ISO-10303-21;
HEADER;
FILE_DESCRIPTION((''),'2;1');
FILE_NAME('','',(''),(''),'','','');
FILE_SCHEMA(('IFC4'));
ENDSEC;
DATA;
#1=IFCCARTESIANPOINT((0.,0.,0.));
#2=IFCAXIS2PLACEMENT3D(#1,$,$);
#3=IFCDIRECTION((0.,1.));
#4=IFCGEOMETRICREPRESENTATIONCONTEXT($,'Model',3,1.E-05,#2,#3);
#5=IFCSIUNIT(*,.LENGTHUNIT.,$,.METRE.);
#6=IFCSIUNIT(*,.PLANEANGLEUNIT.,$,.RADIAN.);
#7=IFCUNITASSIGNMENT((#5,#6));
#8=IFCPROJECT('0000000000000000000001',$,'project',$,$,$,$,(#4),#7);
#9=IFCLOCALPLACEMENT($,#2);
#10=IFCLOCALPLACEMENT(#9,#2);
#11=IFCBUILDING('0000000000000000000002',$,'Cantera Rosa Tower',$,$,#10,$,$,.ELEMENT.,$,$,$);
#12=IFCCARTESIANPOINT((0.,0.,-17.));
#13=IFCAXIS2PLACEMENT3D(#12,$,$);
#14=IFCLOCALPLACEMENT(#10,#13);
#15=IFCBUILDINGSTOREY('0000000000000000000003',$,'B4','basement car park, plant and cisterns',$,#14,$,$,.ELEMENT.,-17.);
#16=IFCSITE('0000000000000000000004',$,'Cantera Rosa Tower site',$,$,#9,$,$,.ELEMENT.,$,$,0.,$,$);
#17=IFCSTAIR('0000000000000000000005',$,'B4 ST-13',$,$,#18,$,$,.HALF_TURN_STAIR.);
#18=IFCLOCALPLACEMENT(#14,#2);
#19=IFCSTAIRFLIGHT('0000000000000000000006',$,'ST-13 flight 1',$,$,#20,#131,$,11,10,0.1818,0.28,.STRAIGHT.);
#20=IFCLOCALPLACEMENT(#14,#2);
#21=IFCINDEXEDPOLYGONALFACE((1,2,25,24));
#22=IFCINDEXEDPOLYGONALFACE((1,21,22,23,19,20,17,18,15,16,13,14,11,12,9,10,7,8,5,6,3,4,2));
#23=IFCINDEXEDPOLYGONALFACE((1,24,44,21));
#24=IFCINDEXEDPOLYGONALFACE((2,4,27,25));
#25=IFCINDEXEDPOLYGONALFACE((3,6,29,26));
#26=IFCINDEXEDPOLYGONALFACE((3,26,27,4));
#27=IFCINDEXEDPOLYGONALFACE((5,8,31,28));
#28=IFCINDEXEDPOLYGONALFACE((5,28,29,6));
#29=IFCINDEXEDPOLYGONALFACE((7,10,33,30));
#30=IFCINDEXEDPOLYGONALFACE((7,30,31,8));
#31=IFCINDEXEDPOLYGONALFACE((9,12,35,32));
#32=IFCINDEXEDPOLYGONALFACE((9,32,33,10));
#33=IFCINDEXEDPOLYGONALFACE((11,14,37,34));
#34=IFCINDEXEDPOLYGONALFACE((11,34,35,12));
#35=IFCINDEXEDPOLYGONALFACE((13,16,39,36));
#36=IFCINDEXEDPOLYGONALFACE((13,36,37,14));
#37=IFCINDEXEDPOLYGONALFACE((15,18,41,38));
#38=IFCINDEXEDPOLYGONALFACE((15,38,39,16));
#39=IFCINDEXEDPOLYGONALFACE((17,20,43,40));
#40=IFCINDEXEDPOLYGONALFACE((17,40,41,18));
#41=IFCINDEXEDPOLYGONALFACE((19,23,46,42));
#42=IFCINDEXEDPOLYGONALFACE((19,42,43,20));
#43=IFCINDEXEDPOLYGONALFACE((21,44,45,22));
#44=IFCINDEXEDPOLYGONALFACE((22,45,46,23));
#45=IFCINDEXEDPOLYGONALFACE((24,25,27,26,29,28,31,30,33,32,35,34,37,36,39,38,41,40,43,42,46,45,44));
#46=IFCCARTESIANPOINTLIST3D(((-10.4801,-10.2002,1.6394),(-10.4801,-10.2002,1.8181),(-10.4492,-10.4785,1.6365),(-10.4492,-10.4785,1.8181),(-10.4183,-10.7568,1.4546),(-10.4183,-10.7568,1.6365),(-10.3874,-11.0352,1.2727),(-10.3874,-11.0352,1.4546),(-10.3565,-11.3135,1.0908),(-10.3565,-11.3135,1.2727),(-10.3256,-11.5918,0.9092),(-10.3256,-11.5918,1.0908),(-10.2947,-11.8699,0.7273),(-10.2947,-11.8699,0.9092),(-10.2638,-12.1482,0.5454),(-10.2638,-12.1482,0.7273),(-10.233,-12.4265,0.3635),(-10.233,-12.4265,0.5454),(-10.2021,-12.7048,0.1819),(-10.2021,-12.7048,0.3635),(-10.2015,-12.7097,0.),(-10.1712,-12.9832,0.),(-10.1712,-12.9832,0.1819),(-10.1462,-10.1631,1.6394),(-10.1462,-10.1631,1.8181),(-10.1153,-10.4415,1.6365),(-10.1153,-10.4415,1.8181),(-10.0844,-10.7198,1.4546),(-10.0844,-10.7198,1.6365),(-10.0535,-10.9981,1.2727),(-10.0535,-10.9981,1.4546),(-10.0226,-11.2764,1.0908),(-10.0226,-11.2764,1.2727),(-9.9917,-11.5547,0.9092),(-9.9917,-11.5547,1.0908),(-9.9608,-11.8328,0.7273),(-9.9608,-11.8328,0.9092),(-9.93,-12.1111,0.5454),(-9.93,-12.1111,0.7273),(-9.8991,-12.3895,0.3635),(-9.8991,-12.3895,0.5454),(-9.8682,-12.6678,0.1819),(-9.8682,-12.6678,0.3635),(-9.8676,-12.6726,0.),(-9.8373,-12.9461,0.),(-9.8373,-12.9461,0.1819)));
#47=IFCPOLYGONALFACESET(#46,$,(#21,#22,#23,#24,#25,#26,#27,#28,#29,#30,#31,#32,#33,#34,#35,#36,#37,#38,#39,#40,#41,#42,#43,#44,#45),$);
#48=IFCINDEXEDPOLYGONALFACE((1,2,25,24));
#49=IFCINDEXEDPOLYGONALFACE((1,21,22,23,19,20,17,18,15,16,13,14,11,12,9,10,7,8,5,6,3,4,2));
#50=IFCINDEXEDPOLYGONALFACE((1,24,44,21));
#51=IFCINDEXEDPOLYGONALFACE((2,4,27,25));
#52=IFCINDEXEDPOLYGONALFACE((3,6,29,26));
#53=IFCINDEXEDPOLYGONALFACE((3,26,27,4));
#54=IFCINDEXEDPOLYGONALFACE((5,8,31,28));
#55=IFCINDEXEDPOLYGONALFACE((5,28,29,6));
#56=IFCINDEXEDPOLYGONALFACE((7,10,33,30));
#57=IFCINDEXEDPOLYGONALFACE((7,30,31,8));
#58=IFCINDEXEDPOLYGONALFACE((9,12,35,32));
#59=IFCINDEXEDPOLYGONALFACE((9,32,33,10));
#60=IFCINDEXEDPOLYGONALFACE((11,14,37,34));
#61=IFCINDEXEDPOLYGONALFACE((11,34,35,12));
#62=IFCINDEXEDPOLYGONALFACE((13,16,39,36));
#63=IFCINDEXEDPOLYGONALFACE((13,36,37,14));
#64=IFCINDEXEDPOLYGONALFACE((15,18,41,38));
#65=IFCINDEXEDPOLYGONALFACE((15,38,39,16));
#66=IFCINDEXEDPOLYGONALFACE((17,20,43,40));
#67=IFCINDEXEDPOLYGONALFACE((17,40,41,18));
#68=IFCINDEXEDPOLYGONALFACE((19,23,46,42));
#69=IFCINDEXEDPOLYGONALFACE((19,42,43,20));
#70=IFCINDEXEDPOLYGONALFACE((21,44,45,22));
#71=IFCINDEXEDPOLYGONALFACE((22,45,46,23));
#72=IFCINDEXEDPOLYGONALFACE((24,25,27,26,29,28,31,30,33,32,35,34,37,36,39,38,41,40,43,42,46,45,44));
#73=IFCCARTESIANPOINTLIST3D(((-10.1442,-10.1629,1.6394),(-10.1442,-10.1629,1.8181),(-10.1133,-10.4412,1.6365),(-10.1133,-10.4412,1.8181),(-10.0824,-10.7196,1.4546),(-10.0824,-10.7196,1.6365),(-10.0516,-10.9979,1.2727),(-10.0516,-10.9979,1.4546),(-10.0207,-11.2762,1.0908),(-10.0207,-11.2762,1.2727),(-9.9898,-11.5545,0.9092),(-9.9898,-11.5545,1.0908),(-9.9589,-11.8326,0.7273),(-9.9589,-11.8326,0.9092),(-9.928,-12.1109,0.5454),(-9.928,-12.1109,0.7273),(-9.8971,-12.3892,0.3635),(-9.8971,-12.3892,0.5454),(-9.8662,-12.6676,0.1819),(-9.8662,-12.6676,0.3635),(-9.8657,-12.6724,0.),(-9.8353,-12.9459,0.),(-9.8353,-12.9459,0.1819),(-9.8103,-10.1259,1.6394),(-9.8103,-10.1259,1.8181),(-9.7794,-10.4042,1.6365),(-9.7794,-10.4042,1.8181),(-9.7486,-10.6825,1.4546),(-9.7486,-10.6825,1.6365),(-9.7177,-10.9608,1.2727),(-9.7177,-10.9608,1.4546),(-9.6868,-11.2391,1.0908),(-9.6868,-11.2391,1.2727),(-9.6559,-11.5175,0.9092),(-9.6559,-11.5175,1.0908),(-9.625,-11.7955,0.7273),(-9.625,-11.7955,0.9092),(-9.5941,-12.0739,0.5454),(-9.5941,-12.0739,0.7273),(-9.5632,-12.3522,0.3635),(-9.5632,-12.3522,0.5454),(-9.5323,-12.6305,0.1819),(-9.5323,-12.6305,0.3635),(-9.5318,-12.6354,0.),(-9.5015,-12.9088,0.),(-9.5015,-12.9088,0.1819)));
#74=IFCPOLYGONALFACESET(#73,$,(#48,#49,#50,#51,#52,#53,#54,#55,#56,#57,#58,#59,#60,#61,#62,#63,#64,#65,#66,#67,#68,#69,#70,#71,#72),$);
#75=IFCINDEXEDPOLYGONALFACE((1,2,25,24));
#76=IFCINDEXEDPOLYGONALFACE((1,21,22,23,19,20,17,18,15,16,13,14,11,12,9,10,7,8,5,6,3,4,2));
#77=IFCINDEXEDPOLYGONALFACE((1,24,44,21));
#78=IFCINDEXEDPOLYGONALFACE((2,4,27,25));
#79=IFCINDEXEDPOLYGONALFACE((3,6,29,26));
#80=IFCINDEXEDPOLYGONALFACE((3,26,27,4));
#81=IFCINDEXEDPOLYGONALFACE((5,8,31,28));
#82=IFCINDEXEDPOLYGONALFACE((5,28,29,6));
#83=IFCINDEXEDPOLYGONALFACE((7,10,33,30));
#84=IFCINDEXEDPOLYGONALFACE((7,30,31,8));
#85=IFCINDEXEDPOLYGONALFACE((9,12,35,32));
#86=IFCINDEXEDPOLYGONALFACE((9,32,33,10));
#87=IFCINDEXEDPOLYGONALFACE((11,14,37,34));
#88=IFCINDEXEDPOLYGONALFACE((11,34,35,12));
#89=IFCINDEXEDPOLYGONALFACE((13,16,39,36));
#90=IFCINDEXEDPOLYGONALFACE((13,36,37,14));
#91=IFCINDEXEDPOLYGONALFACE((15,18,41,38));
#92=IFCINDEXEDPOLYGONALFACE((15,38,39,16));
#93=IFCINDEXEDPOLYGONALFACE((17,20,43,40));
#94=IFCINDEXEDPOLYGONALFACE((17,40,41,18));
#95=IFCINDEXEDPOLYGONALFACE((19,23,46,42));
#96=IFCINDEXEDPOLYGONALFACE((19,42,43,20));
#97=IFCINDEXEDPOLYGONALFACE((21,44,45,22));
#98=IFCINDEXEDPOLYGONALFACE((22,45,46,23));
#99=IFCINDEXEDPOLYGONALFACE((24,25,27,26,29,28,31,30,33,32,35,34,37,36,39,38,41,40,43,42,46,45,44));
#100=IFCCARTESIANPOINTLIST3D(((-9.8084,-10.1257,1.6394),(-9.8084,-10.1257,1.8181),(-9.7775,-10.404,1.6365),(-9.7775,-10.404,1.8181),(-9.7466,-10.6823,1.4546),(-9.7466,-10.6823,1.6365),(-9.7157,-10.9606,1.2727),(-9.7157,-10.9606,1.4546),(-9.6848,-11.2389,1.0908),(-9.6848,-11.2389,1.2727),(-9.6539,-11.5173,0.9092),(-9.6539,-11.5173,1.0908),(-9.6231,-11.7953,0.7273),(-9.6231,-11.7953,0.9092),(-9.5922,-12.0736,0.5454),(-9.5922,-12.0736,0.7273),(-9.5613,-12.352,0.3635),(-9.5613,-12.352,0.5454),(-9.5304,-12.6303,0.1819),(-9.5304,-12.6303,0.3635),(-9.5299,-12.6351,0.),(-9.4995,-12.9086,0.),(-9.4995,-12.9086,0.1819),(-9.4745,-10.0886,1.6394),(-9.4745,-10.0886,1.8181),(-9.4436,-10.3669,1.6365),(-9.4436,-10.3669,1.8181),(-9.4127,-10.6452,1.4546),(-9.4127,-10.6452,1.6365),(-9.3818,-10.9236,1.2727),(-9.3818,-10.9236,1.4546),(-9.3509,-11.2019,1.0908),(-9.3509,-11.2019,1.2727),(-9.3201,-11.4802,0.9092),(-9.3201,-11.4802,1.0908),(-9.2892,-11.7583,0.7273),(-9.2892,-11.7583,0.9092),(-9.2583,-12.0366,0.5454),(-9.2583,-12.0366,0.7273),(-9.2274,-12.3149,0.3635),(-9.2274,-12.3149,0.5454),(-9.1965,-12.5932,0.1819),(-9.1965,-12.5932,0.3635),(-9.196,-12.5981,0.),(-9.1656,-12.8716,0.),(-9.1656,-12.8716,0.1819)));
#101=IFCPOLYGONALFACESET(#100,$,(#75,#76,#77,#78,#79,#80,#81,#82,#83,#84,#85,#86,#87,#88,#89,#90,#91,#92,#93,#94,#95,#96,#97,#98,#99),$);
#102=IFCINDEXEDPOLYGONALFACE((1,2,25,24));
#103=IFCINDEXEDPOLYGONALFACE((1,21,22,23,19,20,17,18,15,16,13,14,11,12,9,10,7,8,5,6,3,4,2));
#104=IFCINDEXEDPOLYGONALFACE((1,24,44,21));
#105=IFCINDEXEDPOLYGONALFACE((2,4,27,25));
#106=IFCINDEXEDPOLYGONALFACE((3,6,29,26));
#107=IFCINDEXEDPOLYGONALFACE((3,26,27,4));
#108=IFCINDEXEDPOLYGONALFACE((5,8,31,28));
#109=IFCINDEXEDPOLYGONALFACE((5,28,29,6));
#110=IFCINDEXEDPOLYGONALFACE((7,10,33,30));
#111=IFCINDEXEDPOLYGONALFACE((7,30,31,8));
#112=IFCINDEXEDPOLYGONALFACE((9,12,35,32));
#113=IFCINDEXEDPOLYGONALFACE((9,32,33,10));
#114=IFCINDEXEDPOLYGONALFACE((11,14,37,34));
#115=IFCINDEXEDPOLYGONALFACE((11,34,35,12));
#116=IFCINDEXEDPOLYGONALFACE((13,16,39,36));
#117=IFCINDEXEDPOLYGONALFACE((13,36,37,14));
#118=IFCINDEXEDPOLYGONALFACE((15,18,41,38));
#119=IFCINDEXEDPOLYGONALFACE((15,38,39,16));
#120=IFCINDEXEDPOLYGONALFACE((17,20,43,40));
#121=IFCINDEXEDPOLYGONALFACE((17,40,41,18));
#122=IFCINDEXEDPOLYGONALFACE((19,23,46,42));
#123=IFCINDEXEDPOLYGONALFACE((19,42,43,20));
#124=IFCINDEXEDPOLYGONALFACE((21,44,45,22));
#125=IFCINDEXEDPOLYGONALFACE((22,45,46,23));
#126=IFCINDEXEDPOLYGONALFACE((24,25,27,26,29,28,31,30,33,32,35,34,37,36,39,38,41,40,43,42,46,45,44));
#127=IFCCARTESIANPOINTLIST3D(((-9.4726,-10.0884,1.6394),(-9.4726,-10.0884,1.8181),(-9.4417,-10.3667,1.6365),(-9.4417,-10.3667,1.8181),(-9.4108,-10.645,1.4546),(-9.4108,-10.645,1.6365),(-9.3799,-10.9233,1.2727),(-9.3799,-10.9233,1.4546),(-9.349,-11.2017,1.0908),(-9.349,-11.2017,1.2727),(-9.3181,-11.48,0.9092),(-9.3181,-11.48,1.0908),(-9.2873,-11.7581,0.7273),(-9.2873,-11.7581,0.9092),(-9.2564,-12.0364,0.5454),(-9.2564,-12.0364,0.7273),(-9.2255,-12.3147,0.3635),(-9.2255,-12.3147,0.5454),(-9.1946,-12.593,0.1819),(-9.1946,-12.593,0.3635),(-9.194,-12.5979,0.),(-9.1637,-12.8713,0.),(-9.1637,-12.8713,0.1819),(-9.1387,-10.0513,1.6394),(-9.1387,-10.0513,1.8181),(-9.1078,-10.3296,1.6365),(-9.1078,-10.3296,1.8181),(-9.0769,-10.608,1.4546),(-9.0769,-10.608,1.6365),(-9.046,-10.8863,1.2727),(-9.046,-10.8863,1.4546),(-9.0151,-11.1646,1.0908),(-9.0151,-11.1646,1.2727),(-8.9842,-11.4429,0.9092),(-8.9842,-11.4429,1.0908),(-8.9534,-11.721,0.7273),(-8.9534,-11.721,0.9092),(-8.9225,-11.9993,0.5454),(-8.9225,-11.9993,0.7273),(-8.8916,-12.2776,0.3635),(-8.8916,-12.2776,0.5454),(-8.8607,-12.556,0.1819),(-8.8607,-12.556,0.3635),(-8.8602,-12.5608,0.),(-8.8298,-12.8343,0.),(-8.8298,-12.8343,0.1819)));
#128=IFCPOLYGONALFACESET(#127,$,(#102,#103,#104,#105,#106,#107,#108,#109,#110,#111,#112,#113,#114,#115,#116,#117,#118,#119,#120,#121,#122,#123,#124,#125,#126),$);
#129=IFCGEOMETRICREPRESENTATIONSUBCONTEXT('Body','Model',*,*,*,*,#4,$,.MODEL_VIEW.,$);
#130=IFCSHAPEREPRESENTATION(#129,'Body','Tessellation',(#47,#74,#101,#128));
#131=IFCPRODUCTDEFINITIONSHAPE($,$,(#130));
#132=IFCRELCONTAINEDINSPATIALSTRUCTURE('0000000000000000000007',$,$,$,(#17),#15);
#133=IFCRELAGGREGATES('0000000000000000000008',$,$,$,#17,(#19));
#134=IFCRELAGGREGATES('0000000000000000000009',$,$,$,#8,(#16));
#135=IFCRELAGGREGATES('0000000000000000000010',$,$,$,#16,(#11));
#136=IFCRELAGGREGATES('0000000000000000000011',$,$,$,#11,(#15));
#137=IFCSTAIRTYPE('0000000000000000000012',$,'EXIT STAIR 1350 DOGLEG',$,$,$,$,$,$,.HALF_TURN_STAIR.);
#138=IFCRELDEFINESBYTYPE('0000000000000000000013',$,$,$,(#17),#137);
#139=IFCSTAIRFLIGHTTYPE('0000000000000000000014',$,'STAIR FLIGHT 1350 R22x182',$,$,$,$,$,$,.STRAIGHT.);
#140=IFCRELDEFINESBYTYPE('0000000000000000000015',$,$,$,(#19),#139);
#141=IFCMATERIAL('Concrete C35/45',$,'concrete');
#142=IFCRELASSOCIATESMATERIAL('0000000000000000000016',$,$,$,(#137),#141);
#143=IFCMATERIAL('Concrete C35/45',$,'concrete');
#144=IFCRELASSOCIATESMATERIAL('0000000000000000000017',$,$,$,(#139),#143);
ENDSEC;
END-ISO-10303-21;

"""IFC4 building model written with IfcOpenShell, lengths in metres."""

from ifc_helpers import new_model, si_unit, direction, frame, origin, place, context, subcontext, project, spatial, polyline, outline, extrude, material, type_object, element, aggregate, save


model = new_model("IFC4")

# Units and contexts
model_context = context("Model", 3, precision=1e-05, world=origin(), true_north=direction((0.0, 1.0)))
body_context = subcontext(model_context, "Body", "Model", "MODEL_VIEW")
ifc_project = project(units=[si_unit("LENGTHUNIT", "METRE"), si_unit("PLANEANGLEUNIT", "RADIAN")], contexts=[model_context])

# Site, building, storey
site_placement = place(None, origin())
site = spatial("IfcSite", under=ifc_project, at=site_placement, Name="Cantera Rosa Tower site", CompositionType="ELEMENT", RefElevation=0.0)
building_placement = place(site_placement, origin())
building = spatial("IfcBuilding", under=site, at=building_placement, Name="Cantera Rosa Tower", CompositionType="ELEMENT")
storey_placement = place(building_placement, frame((0.0, 0.0, -17.0)))
storey = spatial("IfcBuildingStorey", under=building, at=storey_placement, Name="B4", Description="basement car park, plant and cisterns", CompositionType="ELEMENT", Elevation=-17.0)

# Stair, stair flight
ifc_material_1 = material(Name="Concrete C35/45", Category="concrete")
stair_type = type_object("IfcStairType", Name="EXIT STAIR 1350 DOGLEG", PredefinedType="HALF_TURN_STAIR", material=ifc_material_1)
stair_placement = place(storey_placement, origin())
stair = element("IfcStair", 1, at=stair_placement, inside=storey, type_object=stair_type, Name="B4 ST-13", PredefinedType="HALF_TURN_STAIR")
ifc_material_2 = material(Name="Concrete C35/45", Category="concrete")
stair_flight_type = type_object("IfcStairFlightType", Name="STAIR FLIGHT 1350 R22x182", PredefinedType="STRAIGHT", material=ifc_material_2)
stair_flight_placement = place(storey_placement, frame((-9.5002, -12.9087, 0.0), z_axis=(0.0, 0.0, 1.0), x_axis=(-0.110313, 0.993897, 0.0)))
stair_flight = element("IfcStairFlight", 2, at=stair_flight_placement, type_object=stair_flight_type, Name="ST-13 flight 1", NumberOfRisers=11, NumberOfTreads=10, PredefinedType="STRAIGHT", RiserHeight=0.1818, TreadLength=0.28, context=body_context, shape_type="SweptSolid", body=[
    extrude(outline(polyline([(0.0, 0.0), (0.0, 0.1819), (0.28, 0.1819), (0.28, 0.3635), (0.5601, 0.3635), (0.5601, 0.5454), (0.8401, 0.5454), (0.8401, 0.7273), (1.1201, 0.7273), (1.1201, 0.9092), (1.3999, 0.9092), (1.3999, 1.0908), (1.6799, 1.0908), (1.6799, 1.2727), (1.96, 1.2727), (1.96, 1.4546), (2.24, 1.4546), (2.24, 1.6365), (2.52, 1.6365), (2.52, 1.8181), (2.8, 1.8181), (2.8, 2.0), (2.8, 1.6394), (0.2751, 0.0), (0.0, 0.0)])), frame((0.0, 0.675, 0.0), z_axis=(0.0, -1.0, 0.0), x_axis=(1.0, 0.0, 0.0)), (0.0, 0.0, 1.0), 0.3359),
    extrude(outline(polyline([(0.0, 0.0), (0.0, 0.1819), (0.28, 0.1819), (0.28, 0.3635), (0.5601, 0.3635), (0.5601, 0.5454), (0.8401, 0.5454), (0.8401, 0.7273), (1.1201, 0.7273), (1.1201, 0.9092), (1.3999, 0.9092), (1.3999, 1.0908), (1.6799, 1.0908), (1.6799, 1.2727), (1.96, 1.2727), (1.96, 1.4546), (2.24, 1.4546), (2.24, 1.6365), (2.52, 1.6365), (2.52, 1.8181), (2.8, 1.8181), (2.8, 2.0), (2.8, 1.6394), (0.2751, 0.0), (0.0, 0.0)])), frame((0.0, 0.3372, 0.0), z_axis=(0.0, -1.0, 0.0), x_axis=(1.0, 0.0, 0.0)), (0.0, 0.0, 1.0), 0.3359),
    extrude(outline(polyline([(0.0, 0.0), (0.0, 0.1819), (0.28, 0.1819), (0.28, 0.3635), (0.5601, 0.3635), (0.5601, 0.5454), (0.8401, 0.5454), (0.8401, 0.7273), (1.1201, 0.7273), (1.1201, 0.9092), (1.3999, 0.9092), (1.3999, 1.0908), (1.6799, 1.0908), (1.6799, 1.2727), (1.96, 1.2727), (1.96, 1.4546), (2.24, 1.4546), (2.24, 1.6365), (2.52, 1.6365), (2.52, 1.8181), (2.8, 1.8181), (2.8, 2.0), (2.8, 1.6394), (0.2751, 0.0), (0.0, 0.0)])), frame((0.0, -0.0007, 0.0), z_axis=(0.0, -1.0, 0.0), x_axis=(1.0, 0.0, 0.0)), (0.0, 0.0, 1.0), 0.3359),
    extrude(outline(polyline([(0.0, 0.0), (0.0, 0.1819), (0.28, 0.1819), (0.28, 0.3635), (0.5601, 0.3635), (0.5601, 0.5454), (0.8401, 0.5454), (0.8401, 0.7273), (1.1201, 0.7273), (1.1201, 0.9092), (1.3999, 0.9092), (1.3999, 1.0908), (1.6799, 1.0908), (1.6799, 1.2727), (1.96, 1.2727), (1.96, 1.4546), (2.24, 1.4546), (2.24, 1.6365), (2.52, 1.6365), (2.52, 1.8181), (2.8, 1.8181), (2.8, 2.0), (2.8, 1.6394), (0.2751, 0.0), (0.0, 0.0)])), frame((0.0, -0.3386, 0.0), z_axis=(0.0, -1.0, 0.0), x_axis=(1.0, 0.0, 0.0)), (0.0, 0.0, 1.0), 0.3359),
])
aggregate(stair, [stair_flight])

save(model, "model.ifc")
